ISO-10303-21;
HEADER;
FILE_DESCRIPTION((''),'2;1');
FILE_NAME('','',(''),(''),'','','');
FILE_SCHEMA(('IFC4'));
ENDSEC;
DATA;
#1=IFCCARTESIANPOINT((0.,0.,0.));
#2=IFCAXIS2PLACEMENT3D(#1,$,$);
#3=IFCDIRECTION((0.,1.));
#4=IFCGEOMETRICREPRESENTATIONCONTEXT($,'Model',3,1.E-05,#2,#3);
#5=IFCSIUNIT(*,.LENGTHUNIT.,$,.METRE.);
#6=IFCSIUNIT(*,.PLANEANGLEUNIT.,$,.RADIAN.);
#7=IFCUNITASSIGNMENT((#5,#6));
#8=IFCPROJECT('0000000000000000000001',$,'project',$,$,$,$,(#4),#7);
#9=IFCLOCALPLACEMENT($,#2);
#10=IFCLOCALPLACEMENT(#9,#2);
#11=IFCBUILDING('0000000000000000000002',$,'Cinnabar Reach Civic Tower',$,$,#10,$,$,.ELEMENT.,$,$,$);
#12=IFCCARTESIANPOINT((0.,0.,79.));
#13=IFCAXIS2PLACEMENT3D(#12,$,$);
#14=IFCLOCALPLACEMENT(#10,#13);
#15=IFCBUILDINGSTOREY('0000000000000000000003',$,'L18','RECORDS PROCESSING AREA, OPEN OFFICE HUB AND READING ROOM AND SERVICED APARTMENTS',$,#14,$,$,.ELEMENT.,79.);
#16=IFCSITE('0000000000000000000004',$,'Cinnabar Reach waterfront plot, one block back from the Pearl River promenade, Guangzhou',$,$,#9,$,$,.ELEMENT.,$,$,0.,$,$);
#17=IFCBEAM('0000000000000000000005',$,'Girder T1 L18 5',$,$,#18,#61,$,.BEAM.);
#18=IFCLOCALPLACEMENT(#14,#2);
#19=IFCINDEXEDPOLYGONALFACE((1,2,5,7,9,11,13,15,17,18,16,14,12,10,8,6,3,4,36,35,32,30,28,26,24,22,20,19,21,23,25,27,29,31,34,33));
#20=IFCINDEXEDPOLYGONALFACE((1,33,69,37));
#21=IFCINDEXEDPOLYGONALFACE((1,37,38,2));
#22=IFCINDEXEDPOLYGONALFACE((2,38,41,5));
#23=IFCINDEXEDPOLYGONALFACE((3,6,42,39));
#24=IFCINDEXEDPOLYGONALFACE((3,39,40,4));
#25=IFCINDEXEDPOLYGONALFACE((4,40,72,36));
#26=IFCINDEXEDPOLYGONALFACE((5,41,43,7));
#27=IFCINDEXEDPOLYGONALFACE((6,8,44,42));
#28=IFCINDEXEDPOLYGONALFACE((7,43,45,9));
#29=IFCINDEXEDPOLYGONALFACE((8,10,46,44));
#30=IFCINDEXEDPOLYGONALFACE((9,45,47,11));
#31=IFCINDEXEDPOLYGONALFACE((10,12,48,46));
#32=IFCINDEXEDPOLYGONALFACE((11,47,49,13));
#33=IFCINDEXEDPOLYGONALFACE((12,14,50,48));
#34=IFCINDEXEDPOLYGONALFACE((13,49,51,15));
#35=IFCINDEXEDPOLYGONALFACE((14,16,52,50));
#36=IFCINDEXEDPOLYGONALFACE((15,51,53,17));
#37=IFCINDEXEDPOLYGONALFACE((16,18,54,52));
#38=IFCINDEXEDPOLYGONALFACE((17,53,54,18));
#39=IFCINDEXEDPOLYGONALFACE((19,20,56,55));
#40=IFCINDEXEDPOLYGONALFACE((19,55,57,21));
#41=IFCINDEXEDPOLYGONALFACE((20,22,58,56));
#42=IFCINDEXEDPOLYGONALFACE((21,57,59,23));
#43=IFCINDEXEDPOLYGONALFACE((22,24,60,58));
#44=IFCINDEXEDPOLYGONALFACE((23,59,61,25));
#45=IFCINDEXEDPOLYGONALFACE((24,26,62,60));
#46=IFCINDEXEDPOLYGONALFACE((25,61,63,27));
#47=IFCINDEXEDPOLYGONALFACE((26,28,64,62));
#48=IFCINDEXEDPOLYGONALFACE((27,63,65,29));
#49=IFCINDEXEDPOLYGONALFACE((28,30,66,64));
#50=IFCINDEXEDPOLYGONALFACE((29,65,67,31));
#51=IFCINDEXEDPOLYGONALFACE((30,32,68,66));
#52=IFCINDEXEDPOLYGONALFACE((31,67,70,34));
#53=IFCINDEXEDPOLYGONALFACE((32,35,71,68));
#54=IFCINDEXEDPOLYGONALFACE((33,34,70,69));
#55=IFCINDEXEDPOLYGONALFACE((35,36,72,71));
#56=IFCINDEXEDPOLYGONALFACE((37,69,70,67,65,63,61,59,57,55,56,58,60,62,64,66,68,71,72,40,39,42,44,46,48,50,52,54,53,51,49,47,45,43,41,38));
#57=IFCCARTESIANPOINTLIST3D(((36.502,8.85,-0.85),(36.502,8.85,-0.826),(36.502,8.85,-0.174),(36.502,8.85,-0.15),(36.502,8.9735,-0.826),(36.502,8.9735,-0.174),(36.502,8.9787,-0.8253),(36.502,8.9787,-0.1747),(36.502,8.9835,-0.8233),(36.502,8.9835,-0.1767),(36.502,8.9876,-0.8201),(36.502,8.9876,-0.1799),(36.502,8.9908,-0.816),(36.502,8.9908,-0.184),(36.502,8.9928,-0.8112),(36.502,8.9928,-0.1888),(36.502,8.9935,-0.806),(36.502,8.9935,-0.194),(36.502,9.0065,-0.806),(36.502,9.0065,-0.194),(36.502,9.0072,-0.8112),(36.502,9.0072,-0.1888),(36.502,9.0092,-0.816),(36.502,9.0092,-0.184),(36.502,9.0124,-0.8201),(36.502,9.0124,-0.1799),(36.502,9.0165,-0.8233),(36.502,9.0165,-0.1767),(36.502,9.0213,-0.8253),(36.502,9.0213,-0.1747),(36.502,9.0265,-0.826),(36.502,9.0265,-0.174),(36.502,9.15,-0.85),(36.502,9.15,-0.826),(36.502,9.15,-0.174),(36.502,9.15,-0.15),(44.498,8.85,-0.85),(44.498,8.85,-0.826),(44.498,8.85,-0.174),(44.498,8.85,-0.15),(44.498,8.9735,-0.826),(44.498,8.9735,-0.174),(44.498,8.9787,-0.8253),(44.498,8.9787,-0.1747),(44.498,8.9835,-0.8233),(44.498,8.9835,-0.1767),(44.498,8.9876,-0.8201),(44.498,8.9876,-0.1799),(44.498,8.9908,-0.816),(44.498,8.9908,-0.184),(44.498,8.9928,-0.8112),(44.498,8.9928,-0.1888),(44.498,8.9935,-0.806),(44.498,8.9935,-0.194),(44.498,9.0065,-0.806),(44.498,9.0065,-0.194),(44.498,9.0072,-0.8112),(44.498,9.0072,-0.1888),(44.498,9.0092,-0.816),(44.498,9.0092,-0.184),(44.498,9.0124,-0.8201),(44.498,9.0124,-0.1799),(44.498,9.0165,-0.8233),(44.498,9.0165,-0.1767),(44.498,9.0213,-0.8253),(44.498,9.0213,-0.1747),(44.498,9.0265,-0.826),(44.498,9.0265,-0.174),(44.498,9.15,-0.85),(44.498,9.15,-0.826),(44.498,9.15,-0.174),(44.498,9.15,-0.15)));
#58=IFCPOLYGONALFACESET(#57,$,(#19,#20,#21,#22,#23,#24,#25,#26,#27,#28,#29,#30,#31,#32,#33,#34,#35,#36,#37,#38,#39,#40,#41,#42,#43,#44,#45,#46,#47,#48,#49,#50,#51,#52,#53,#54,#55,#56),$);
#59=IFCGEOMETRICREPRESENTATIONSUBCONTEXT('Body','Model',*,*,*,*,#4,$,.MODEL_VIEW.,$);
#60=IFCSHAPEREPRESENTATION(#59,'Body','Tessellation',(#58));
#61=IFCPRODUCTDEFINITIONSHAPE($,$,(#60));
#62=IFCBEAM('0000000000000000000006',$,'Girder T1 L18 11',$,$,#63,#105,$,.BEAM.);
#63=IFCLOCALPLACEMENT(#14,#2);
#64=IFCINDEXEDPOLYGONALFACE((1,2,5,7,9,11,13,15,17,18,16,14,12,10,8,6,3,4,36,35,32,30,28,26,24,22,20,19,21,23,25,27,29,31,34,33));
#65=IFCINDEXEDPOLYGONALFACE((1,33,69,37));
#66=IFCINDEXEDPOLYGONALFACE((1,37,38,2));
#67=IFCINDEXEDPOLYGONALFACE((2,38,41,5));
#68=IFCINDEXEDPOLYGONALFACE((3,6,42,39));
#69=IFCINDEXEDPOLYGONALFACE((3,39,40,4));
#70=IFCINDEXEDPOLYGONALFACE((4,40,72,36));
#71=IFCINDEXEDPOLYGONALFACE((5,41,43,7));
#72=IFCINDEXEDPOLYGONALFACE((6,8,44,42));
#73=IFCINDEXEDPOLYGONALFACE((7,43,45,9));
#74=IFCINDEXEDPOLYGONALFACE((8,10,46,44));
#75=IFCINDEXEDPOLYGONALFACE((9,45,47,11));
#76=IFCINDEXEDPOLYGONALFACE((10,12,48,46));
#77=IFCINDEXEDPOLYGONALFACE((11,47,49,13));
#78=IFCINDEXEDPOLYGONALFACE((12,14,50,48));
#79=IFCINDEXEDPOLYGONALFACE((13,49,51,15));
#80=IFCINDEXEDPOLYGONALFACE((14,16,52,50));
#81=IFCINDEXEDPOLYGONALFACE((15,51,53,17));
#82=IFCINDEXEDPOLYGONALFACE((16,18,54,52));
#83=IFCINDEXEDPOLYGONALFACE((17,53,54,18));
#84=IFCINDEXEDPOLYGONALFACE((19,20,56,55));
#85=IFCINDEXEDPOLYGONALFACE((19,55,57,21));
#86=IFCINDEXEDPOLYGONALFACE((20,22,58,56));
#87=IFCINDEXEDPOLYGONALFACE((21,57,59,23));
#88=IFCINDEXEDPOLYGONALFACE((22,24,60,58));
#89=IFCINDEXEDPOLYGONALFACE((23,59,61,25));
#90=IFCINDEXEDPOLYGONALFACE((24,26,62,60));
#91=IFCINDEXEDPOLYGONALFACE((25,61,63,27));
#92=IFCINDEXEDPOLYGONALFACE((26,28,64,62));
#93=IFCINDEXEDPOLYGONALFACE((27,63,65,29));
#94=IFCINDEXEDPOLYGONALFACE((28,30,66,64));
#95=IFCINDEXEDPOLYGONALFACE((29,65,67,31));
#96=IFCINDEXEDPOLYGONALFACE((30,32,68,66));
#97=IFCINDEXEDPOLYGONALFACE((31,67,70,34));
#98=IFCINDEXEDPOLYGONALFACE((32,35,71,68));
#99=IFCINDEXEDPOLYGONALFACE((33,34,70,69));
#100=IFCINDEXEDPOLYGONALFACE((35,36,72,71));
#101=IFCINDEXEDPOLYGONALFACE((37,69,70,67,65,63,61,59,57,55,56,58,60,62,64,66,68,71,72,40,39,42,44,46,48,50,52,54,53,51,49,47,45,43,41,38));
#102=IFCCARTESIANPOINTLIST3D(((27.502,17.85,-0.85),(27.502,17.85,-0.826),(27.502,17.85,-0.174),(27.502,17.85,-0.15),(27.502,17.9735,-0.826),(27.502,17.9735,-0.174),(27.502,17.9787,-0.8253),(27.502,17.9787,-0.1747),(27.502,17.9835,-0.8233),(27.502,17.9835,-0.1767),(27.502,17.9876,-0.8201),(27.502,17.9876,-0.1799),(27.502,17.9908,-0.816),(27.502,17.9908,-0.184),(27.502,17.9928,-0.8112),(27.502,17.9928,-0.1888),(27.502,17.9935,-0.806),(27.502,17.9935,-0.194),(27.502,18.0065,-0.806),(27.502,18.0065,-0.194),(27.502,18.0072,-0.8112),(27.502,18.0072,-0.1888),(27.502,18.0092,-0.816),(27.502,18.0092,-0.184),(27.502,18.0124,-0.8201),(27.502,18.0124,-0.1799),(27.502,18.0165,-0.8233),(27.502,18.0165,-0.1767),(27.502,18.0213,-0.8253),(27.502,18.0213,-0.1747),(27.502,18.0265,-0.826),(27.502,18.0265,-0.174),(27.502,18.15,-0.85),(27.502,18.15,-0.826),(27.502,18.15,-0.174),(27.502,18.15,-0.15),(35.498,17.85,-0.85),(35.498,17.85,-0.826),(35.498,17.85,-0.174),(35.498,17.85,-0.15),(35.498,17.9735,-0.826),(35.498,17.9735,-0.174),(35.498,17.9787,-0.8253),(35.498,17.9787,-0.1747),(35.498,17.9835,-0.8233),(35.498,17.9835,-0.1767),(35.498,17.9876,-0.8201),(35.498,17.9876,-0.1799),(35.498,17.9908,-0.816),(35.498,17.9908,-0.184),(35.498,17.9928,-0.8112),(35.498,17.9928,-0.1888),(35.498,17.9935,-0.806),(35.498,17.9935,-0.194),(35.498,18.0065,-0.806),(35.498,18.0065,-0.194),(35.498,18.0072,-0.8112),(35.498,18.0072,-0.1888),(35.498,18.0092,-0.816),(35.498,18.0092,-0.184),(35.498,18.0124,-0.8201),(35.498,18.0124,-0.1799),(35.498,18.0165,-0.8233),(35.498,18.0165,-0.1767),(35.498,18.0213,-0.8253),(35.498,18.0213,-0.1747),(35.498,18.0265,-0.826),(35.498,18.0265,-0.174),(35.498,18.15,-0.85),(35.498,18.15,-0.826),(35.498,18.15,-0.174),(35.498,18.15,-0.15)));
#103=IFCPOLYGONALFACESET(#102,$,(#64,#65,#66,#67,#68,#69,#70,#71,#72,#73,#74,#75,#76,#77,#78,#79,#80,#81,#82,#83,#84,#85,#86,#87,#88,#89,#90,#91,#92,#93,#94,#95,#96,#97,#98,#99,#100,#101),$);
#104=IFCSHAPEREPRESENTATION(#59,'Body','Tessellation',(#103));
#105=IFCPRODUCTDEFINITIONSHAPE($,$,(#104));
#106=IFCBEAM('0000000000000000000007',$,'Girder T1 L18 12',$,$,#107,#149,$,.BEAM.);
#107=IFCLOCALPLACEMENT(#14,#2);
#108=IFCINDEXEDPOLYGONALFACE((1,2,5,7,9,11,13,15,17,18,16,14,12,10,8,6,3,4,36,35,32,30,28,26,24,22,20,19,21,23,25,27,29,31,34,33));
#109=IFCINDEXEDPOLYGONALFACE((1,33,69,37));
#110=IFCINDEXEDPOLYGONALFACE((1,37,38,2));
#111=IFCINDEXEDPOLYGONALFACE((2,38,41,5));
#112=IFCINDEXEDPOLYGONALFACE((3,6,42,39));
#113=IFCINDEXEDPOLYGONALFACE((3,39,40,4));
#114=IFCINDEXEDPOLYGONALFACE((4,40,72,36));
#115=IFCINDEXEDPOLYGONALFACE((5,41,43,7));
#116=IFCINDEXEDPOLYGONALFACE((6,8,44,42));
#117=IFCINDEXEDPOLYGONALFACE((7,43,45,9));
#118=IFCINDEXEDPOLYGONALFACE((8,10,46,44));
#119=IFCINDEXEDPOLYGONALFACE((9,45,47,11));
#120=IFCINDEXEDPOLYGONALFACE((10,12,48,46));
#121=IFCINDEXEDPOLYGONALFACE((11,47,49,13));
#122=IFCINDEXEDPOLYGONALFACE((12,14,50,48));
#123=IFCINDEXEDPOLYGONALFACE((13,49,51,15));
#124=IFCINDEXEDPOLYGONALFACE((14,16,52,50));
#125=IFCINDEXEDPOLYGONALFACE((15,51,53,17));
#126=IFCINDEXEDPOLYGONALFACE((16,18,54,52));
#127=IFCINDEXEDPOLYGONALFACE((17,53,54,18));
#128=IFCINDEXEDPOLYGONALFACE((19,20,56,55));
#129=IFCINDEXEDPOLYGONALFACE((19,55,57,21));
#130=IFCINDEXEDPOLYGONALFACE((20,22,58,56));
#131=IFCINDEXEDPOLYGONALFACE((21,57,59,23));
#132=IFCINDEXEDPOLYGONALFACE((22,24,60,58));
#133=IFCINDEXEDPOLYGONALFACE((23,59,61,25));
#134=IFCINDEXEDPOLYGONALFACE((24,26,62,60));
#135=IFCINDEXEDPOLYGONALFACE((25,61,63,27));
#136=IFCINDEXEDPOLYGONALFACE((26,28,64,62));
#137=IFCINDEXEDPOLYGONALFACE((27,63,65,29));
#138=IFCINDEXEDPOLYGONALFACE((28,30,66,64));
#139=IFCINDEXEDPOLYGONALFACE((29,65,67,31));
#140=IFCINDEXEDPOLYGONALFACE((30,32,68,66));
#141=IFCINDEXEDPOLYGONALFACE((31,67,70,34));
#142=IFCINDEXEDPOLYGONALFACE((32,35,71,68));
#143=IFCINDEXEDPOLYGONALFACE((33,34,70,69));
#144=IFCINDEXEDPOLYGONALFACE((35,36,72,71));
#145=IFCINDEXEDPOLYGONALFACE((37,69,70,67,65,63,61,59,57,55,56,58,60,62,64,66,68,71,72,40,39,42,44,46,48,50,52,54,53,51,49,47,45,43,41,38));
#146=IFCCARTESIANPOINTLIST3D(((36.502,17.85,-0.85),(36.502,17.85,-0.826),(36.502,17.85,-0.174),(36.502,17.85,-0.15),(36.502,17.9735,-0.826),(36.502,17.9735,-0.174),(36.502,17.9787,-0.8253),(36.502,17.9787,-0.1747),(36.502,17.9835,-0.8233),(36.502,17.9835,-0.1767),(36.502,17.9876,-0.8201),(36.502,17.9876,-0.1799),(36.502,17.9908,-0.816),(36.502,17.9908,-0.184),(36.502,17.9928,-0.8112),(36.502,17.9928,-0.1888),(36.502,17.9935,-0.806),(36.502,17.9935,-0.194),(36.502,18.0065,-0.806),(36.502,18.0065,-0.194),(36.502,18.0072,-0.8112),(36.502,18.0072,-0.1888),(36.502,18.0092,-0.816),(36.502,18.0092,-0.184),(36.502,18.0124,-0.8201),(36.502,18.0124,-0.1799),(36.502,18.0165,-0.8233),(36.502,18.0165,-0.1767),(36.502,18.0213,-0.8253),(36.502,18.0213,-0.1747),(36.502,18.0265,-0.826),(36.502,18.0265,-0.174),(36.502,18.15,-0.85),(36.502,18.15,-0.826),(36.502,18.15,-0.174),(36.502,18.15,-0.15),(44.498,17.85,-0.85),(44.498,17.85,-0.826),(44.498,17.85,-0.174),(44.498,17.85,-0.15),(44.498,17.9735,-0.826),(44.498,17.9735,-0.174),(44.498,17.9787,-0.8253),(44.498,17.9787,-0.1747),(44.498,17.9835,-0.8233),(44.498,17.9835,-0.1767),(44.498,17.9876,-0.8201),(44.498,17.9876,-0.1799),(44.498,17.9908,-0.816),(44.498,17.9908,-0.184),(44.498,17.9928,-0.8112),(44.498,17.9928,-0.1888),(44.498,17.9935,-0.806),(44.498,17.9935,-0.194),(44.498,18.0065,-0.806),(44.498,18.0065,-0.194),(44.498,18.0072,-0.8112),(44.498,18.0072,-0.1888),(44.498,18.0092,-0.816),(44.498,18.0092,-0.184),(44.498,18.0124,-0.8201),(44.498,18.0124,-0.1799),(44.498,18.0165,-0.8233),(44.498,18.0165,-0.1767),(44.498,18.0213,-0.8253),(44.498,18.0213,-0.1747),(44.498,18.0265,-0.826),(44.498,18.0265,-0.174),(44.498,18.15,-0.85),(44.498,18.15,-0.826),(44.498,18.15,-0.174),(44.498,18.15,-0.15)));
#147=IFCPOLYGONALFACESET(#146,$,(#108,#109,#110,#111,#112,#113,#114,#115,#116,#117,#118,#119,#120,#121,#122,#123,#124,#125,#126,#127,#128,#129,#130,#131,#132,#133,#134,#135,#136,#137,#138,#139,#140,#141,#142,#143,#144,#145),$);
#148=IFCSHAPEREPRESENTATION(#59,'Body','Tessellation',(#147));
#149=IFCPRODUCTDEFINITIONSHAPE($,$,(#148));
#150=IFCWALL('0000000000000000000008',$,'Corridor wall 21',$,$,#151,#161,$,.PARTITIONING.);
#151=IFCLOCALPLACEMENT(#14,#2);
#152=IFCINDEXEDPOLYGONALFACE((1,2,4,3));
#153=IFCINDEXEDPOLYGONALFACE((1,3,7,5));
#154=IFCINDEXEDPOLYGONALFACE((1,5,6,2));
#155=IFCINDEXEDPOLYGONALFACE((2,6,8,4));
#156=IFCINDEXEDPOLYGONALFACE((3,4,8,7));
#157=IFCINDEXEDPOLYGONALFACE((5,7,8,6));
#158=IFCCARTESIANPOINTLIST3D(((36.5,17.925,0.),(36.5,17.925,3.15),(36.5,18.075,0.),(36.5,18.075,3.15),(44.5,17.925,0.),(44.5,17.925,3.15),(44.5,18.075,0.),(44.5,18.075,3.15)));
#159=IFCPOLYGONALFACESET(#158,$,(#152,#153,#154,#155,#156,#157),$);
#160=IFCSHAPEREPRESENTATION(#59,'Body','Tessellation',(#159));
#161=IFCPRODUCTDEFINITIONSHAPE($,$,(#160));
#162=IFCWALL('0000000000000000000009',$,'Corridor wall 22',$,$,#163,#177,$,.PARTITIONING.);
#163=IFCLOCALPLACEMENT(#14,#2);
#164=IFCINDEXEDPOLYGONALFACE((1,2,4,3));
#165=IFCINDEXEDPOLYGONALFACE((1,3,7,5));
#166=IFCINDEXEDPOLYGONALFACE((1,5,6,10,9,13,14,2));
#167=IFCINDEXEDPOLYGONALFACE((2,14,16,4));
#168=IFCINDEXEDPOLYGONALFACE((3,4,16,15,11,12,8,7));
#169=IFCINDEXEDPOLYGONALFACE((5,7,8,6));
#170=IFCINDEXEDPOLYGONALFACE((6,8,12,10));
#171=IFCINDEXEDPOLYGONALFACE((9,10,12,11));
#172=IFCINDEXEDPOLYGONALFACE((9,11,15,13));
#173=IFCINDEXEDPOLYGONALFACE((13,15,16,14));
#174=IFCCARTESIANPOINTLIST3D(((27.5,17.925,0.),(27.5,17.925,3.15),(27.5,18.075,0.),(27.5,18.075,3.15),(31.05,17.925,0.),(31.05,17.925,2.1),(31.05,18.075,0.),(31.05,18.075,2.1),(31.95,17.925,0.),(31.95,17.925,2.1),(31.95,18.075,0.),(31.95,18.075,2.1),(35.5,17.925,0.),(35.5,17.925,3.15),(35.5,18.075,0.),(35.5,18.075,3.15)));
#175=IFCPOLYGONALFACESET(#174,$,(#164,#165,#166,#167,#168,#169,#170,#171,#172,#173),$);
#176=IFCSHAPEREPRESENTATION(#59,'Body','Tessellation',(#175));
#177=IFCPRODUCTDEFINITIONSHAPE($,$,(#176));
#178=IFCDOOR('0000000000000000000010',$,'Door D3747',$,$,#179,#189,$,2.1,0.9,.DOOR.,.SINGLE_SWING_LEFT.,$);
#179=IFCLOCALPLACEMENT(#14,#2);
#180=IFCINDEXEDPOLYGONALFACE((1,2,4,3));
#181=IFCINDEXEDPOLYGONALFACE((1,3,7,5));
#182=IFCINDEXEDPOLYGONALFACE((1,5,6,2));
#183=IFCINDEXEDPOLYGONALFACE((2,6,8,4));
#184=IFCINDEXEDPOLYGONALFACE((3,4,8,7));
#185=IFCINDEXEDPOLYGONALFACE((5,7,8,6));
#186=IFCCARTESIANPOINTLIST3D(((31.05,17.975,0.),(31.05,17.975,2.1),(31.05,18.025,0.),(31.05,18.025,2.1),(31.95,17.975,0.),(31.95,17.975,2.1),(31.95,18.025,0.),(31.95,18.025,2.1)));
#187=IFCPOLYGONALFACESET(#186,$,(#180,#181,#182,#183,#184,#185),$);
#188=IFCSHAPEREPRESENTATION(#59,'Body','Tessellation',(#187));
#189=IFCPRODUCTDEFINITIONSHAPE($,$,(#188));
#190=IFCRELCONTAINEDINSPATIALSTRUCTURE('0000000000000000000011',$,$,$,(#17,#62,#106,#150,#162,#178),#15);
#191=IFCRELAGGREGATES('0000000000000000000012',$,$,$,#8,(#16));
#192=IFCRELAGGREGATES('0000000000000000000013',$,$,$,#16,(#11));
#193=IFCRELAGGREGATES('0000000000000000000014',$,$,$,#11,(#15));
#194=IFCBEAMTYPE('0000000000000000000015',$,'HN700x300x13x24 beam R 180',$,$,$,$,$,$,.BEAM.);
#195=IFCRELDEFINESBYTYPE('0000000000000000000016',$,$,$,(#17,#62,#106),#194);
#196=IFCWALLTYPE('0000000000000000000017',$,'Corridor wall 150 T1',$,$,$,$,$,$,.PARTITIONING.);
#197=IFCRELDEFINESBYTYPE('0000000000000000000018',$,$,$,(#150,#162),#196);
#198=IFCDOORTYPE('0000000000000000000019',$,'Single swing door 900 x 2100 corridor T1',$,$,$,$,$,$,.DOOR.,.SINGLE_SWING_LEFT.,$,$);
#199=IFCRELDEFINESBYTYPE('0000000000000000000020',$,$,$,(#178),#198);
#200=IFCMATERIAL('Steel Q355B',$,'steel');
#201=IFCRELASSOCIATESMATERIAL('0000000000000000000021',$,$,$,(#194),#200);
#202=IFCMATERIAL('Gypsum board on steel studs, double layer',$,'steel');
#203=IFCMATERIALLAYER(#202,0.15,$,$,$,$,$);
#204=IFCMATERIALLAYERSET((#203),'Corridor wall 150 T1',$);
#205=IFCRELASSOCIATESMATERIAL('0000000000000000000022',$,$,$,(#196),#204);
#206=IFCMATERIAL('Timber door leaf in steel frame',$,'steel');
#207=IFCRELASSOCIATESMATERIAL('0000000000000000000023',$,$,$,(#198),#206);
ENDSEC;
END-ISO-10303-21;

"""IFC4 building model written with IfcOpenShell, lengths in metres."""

from ifc_helpers import new_model, si_unit, direction, frame, frame_2d, origin, origin_2d, place, context, subcontext, project, spatial, rectangle, i_section, extrude, material, layer, layer_set, material_profile, profile_set, type_object, element, fill, save


model = new_model("IFC4")

# Units and contexts
model_context = context("Model", 3, precision=1e-05, world=origin(), true_north=direction((0.0, 1.0)))
body_context = subcontext(model_context, "Body", "Model", "MODEL_VIEW")
ifc_project = project(units=[si_unit("LENGTHUNIT", "METRE"), si_unit("PLANEANGLEUNIT", "RADIAN")], contexts=[model_context])

# Site, building, storey
site_placement = place(None, origin())
site = spatial("IfcSite", under=ifc_project, at=site_placement, Name="Cinnabar Reach waterfront plot, one block back from the Pearl River promenade, Guangzhou", CompositionType="ELEMENT", RefElevation=0.0)
building_placement = place(site_placement, origin())
building = spatial("IfcBuilding", under=site, at=building_placement, Name="Cinnabar Reach Civic Tower", CompositionType="ELEMENT")
storey_placement = place(building_placement, frame((0.0, 0.0, 79.0)))
storey = spatial("IfcBuildingStorey", under=building, at=storey_placement, Name="L18", Description="RECORDS PROCESSING AREA, OPEN OFFICE HUB AND READING ROOM AND SERVICED APARTMENTS", CompositionType="ELEMENT", Elevation=79.0)

# Beams
ifc_material_1 = material(Name="Steel Q355B", Category="steel")
ifc_material_profile_1 = material_profile(ifc_material_1, i_section(OverallWidth=0.3, OverallDepth=0.7, WebThickness=0.013, FlangeThickness=0.024, FilletRadius=0.02, at=origin_2d()), Name="HN700x300x13x24")
ifc_profile_set_1 = profile_set([ifc_material_profile_1], Name="Steel Q355B")
beam_type_1 = type_object("IfcBeamType", Name="HN700x300x13x24 beam R 180", PredefinedType="BEAM", material=ifc_profile_set_1)
for number, where, z_axis, x_axis, name in (
    (1, (36.502, 9.0, -0.5), (1.0, 0.0, 0.0), (0.0, 1.0, 0.0), "Girder T1 L18 5"),
    (2, (27.502, 18.0, -0.5), (1.0, 0.0, 0.0), (0.0, 1.0, 0.0), "Girder T1 L18 11"),
    (3, (36.502, 18.0, -0.5), (1.0, 0.0, 0.0), (0.0, 1.0, 0.0), "Girder T1 L18 12"),
):
    element("IfcBeam", number, at=place(storey_placement, frame(where, z_axis=z_axis, x_axis=x_axis)), inside=storey, type_object=beam_type_1, Name=name, PredefinedType="BEAM", context=body_context, shape_type="SweptSolid", body=[
        extrude(i_section(OverallWidth=0.3, OverallDepth=0.7, WebThickness=0.013, FlangeThickness=0.024, FilletRadius=0.02, at=origin_2d()), origin(), (0.0, 0.0, 1.0), 7.996),
    ])

# Wall
ifc_material_2 = material(Name="Gypsum board on steel studs, double layer", Category="steel")
ifc_layer_1 = layer(ifc_material_2, 0.15)
ifc_layer_set_1 = layer_set([ifc_layer_1], Name="Corridor wall 150 T1")
wall_type_1 = type_object("IfcWallType", Name="Corridor wall 150 T1", PredefinedType="PARTITIONING", material=ifc_layer_set_1)
wall_1_placement = place(storey_placement, frame((36.5, 18.0, 0.0), z_axis=(0.0, 0.0, 1.0), x_axis=(1.0, 0.0, 0.0)))
element("IfcWall", 4, at=wall_1_placement, inside=storey, type_object=wall_type_1, Name="Corridor wall 21", PredefinedType="PARTITIONING", context=body_context, shape_type="SweptSolid", body=[
    extrude(rectangle(XDim=8.0, YDim=0.15, at=frame_2d((4.0, 0.0))), origin(), (0.0, 0.0, 1.0), 3.15),
])

# Wall, opening, door
wall_2_placement = place(storey_placement, frame((27.5, 18.0, 0.0), z_axis=(0.0, 0.0, 1.0), x_axis=(1.0, 0.0, 0.0)))
wall_2 = element("IfcWall", 5, at=wall_2_placement, inside=storey, type_object=wall_type_1, Name="Corridor wall 22", PredefinedType="PARTITIONING", context=body_context, shape_type="SweptSolid", body=[
    extrude(rectangle(XDim=8.0, YDim=0.15, at=frame_2d((4.0, 0.0))), origin(), (0.0, 0.0, 1.0), 3.15),
])
opening_1_placement = place(wall_2_placement, frame((3.55, 0.0, 0.0)))
opening_1 = element("IfcOpeningElement", 6, at=opening_1_placement, cuts=wall_2, PredefinedType="OPENING", context=body_context, shape_type="SweptSolid", body=[
    extrude(rectangle(XDim=0.9, YDim=2.1, at=frame_2d((0.45, 1.05))), frame((0.0, 0.085, 0.0), z_axis=(0.0, -1.0, 0.0), x_axis=(1.0, 0.0, 0.0)), (0.0, 0.0, 1.0), 0.17),
])
ifc_material_3 = material(Name="Timber door leaf in steel frame", Category="steel")
door_type_1 = type_object("IfcDoorType", Name="Single swing door 900 x 2100 corridor T1", OperationType="SINGLE_SWING_LEFT", PredefinedType="DOOR", material=ifc_material_3)
door_1_placement = place(opening_1_placement, frame((0.9, 0.0, 0.0), z_axis=(0.0, 0.0, 1.0), x_axis=(-1.0, 0.0, 0.0)))
door_1 = element("IfcDoor", 7, at=door_1_placement, inside=storey, type_object=door_type_1, Name="Door D3747", OperationType="SINGLE_SWING_LEFT", OverallHeight=2.1, OverallWidth=0.9, PredefinedType="DOOR", context=body_context, shape_type="SweptSolid", body=[
    extrude(rectangle(XDim=0.9, YDim=2.1, at=frame_2d((0.45, 1.05))), frame((0.0, 0.025, 0.0), z_axis=(0.0, -1.0, 0.0), x_axis=(1.0, 0.0, 0.0)), (0.0, 0.0, 1.0), 0.05),
])
fill(opening_1, door_1)

save(model, "model.ifc")
